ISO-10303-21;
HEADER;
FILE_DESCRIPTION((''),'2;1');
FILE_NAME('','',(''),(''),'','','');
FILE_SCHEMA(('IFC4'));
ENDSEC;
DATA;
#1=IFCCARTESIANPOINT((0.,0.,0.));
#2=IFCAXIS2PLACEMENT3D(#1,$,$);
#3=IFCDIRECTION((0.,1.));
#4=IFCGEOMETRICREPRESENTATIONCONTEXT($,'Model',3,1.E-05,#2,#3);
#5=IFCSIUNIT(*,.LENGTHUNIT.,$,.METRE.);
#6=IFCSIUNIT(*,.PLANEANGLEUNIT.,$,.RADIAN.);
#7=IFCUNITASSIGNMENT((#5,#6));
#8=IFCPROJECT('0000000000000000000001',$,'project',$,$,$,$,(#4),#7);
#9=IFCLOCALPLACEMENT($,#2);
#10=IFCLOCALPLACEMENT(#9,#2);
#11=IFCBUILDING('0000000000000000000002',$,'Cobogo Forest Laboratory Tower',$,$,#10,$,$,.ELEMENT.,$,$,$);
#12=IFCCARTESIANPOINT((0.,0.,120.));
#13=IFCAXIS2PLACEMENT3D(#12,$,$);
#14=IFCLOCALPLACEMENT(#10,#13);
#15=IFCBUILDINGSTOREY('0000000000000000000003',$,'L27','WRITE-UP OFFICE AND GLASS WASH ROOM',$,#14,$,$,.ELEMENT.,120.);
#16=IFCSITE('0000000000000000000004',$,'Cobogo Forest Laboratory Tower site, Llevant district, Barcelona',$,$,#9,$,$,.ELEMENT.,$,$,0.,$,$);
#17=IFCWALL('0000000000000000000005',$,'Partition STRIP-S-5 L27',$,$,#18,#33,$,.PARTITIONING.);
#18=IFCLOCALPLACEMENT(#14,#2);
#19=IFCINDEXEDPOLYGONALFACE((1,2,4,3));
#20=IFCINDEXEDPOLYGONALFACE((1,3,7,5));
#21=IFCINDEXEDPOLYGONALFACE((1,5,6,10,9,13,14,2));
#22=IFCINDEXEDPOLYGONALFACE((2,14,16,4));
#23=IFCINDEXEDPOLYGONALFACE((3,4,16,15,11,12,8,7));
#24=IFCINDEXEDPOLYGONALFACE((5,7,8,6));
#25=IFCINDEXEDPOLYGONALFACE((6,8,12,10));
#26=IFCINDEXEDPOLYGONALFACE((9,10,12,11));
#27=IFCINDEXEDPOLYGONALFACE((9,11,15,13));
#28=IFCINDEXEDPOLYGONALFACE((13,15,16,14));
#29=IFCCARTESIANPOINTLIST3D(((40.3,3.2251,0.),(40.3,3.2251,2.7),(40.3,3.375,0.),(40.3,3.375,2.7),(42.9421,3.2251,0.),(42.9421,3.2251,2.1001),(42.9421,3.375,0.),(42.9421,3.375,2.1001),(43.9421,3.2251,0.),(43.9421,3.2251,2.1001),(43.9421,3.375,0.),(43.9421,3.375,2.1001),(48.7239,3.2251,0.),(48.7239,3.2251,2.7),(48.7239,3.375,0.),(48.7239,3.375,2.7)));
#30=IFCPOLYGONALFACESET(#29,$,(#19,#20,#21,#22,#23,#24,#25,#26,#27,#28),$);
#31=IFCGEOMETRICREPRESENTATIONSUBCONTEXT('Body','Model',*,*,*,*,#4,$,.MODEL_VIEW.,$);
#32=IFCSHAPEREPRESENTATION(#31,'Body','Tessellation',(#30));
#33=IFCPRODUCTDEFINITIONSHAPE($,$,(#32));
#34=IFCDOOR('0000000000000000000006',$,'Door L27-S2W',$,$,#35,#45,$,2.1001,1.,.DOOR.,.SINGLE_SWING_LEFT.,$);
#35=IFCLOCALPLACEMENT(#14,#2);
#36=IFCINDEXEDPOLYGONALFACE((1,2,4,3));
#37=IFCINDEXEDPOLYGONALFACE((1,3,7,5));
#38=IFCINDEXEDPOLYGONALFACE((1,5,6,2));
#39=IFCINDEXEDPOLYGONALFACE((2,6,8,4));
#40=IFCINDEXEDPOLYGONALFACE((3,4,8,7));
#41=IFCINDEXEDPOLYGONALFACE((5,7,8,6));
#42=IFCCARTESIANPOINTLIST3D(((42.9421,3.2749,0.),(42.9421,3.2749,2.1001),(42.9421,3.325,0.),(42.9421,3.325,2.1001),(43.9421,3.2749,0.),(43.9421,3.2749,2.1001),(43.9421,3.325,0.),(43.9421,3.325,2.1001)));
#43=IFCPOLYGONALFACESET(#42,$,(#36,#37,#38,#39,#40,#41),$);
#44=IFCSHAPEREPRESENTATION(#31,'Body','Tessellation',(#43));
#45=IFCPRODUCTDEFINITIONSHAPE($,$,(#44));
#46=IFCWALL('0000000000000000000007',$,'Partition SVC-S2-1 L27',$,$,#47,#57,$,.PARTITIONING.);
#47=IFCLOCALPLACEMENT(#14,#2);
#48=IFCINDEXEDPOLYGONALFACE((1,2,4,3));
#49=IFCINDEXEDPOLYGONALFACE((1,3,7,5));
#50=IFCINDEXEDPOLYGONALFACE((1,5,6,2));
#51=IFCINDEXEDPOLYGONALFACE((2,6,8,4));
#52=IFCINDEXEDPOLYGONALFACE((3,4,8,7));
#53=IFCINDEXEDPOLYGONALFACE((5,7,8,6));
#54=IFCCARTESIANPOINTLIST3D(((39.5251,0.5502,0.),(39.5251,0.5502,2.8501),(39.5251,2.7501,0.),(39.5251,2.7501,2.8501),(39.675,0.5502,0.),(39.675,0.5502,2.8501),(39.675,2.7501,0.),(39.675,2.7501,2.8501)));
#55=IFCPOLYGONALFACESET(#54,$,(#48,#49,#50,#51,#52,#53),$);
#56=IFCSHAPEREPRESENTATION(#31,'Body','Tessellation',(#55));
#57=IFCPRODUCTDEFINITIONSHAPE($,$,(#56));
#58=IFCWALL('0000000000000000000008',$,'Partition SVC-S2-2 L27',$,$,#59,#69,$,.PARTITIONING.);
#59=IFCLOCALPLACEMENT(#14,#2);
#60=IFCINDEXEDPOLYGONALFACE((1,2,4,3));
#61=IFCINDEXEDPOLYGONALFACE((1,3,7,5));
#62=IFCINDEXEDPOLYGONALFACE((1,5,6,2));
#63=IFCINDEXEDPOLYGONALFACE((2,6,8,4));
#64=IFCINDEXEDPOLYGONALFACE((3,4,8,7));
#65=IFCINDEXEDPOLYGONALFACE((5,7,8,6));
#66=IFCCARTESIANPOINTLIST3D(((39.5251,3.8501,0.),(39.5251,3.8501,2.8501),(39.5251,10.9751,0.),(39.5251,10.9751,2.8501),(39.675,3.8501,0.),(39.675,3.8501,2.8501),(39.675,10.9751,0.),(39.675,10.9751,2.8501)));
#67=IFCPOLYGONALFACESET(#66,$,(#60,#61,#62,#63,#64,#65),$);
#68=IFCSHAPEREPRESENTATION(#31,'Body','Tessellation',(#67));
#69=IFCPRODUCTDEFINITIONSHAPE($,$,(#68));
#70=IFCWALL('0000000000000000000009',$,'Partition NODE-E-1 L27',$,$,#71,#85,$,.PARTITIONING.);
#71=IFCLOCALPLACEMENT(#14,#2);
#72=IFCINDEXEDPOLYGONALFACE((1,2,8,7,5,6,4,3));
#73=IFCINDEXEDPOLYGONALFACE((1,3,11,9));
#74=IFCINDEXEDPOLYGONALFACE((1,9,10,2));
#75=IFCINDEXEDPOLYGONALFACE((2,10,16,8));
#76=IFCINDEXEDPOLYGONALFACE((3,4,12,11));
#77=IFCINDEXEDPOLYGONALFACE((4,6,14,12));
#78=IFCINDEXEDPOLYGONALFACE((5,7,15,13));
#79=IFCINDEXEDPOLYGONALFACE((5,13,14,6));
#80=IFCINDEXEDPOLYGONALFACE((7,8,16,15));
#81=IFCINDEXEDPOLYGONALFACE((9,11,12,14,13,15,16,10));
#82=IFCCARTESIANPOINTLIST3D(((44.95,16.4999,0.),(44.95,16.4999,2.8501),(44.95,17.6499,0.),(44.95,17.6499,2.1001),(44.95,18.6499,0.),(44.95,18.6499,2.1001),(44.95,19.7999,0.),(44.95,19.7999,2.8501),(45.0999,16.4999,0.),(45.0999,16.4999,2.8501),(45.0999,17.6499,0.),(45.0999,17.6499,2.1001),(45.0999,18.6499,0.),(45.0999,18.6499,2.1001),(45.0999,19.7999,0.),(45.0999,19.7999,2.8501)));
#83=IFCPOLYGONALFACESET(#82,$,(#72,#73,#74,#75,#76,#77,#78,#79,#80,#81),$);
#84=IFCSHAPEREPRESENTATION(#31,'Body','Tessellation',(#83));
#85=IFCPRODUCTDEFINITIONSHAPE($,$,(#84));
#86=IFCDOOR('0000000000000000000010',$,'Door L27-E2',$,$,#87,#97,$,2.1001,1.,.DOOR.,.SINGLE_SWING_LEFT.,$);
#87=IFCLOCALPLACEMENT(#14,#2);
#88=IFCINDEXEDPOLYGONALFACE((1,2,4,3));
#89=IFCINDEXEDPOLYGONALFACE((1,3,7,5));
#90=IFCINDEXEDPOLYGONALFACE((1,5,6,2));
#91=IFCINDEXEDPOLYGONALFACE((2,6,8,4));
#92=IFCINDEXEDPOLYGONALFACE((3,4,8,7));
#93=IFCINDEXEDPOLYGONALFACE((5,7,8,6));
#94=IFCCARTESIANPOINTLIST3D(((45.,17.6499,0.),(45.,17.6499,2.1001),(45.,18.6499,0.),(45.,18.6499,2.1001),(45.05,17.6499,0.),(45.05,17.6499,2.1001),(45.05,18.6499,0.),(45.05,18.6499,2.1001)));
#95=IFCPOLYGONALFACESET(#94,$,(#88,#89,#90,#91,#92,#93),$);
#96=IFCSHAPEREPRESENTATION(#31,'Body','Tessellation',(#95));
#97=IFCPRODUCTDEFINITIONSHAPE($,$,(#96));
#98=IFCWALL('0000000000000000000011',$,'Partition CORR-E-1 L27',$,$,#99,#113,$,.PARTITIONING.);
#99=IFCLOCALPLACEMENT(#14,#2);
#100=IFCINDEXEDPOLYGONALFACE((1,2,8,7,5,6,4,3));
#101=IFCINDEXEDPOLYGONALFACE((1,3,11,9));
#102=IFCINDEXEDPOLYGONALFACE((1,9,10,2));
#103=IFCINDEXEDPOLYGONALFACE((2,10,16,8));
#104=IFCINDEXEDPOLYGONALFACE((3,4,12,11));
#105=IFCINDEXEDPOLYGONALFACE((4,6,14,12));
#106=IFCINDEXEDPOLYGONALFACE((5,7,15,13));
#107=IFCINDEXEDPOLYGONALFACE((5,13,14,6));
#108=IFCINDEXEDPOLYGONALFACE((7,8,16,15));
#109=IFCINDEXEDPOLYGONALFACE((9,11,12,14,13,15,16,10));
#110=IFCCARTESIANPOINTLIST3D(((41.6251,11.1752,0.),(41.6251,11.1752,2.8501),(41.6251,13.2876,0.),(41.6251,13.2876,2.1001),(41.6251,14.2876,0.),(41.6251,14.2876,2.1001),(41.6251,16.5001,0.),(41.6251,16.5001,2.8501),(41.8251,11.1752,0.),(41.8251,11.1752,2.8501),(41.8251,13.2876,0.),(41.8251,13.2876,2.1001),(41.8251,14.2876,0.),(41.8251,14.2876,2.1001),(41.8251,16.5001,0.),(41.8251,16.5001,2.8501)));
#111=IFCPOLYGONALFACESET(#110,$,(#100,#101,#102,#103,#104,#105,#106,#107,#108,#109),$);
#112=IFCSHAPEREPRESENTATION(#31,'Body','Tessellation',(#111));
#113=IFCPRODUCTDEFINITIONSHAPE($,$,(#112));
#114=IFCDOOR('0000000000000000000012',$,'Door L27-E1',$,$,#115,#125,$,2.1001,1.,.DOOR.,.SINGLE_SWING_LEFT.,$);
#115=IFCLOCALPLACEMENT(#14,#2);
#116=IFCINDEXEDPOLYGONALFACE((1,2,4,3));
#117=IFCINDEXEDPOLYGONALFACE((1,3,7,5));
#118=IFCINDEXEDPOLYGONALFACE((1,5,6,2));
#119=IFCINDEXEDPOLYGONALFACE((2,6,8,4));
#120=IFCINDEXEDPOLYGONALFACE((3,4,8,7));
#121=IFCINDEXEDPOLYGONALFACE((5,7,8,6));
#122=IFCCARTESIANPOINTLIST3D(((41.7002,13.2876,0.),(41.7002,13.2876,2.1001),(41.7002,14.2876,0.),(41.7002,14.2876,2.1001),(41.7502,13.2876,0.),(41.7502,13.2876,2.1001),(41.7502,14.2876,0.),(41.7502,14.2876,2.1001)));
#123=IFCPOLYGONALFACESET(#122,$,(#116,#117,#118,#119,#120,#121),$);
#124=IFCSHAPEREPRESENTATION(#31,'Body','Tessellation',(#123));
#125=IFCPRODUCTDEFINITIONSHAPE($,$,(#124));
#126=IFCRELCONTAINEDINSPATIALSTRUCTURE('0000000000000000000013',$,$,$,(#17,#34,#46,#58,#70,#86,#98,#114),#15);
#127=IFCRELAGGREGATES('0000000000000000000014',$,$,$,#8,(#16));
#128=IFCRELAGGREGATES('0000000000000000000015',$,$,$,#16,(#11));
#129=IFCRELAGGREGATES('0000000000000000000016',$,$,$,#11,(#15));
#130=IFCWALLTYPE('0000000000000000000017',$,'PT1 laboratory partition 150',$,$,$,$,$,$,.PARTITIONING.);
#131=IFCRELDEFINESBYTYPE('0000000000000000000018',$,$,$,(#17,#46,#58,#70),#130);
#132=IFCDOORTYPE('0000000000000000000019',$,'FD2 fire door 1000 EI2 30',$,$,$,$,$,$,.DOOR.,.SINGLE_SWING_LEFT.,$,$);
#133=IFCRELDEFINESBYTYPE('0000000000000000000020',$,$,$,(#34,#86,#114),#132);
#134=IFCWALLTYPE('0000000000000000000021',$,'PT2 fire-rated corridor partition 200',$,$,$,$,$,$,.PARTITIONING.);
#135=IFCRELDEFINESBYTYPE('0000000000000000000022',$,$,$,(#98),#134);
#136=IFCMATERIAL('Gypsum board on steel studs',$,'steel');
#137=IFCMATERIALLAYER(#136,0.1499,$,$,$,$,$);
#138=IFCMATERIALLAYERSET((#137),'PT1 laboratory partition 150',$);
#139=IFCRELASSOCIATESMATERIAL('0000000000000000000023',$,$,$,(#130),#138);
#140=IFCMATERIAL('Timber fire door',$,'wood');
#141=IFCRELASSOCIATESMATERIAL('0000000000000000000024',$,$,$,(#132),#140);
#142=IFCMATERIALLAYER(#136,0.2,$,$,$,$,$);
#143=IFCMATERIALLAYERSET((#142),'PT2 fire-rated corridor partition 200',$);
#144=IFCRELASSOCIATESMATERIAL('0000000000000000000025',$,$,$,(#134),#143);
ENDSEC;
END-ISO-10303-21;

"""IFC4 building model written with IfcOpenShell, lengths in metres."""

from ifc_helpers import new_model, si_unit, direction, frame, frame_2d, origin, place, context, subcontext, project, spatial, rectangle, extrude, material, layer, layer_set, type_object, element, fill, save


model = new_model("IFC4")

# Units and contexts
model_context = context("Model", 3, precision=1e-05, world=origin(), true_north=direction((0.0, 1.0)))
body_context = subcontext(model_context, "Body", "Model", "MODEL_VIEW")
ifc_project = project(units=[si_unit("LENGTHUNIT", "METRE"), si_unit("PLANEANGLEUNIT", "RADIAN")], contexts=[model_context])

# Site, building, storey
site_placement = place(None, origin())
site = spatial("IfcSite", under=ifc_project, at=site_placement, Name="Cobogo Forest Laboratory Tower site, Llevant district, Barcelona", CompositionType="ELEMENT", RefElevation=0.0)
building_placement = place(site_placement, origin())
building = spatial("IfcBuilding", under=site, at=building_placement, Name="Cobogo Forest Laboratory Tower", CompositionType="ELEMENT")
storey_placement = place(building_placement, frame((0.0, 0.0, 120.0)))
storey = spatial("IfcBuildingStorey", under=building, at=storey_placement, Name="L27", Description="WRITE-UP OFFICE AND GLASS WASH ROOM", CompositionType="ELEMENT", Elevation=120.0)

# Wall, opening, door
ifc_material_1 = material(Name="Gypsum board on steel studs", Category="steel")
ifc_layer_1 = layer(ifc_material_1, 0.1499)
ifc_layer_set_1 = layer_set([ifc_layer_1], Name="PT1 laboratory partition 150")
wall_type_1 = type_object("IfcWallType", Name="PT1 laboratory partition 150", PredefinedType="PARTITIONING", material=ifc_layer_set_1)
wall_1_placement = place(storey_placement, frame((40.3, 3.3, 0.0), z_axis=(0.0, 0.0, 1.0), x_axis=(1.0, 0.0, 0.0)))
wall_1 = element("IfcWall", 1, at=wall_1_placement, inside=storey, type_object=wall_type_1, Name="Partition STRIP-S-5 L27", PredefinedType="PARTITIONING", context=body_context, shape_type="SweptSolid", body=[
    extrude(rectangle(XDim=8.4238, YDim=0.1499, at=frame_2d((4.2119, 0.0))), origin(), (0.0, 0.0, 1.0), 2.7),
])
opening_1_placement = place(wall_1_placement, frame((2.6421, 0.0, 0.0)))
opening_1 = element("IfcOpeningElement", 2, at=opening_1_placement, cuts=wall_1, PredefinedType="OPENING", context=body_context, shape_type="SweptSolid", body=[
    extrude(rectangle(XDim=1.0, YDim=2.1001, at=frame_2d((0.5, 1.05))), frame((0.0, 0.085, 0.0), z_axis=(0.0, -1.0, 0.0), x_axis=(1.0, 0.0, 0.0)), (0.0, 0.0, 1.0), 0.1699),
])
ifc_material_2 = material(Name="Timber fire door", Category="wood")
door_type_1 = type_object("IfcDoorType", Name="FD2 fire door 1000 EI2 30", OperationType="SINGLE_SWING_LEFT", PredefinedType="DOOR", material=ifc_material_2)
door_1_placement = place(opening_1_placement, origin())
door_1 = element("IfcDoor", 3, at=door_1_placement, inside=storey, type_object=door_type_1, Name="Door L27-S2W", OperationType="SINGLE_SWING_LEFT", OverallHeight=2.1001, OverallWidth=1.0, PredefinedType="DOOR", context=body_context, shape_type="SweptSolid", body=[
    extrude(rectangle(XDim=1.0, YDim=2.1001, at=frame_2d((0.5, 1.05))), frame((0.0, 0.0249, 0.0), z_axis=(0.0, -1.0, 0.0), x_axis=(1.0, 0.0, 0.0)), (0.0, 0.0, 1.0), 0.05),
])
fill(opening_1, door_1)

# Walls
wall_2_placement = place(storey_placement, frame((39.6001, 0.55, 0.0), z_axis=(0.0, 0.0, 1.0), x_axis=(0.0, 1.0, 0.0)))
element("IfcWall", 4, at=wall_2_placement, inside=storey, type_object=wall_type_1, Name="Partition SVC-S2-1 L27", PredefinedType="PARTITIONING", context=body_context, shape_type="SweptSolid", body=[
    extrude(rectangle(XDim=2.2, YDim=0.1499, at=frame_2d((1.1001, 0.0))), origin(), (0.0, 0.0, 1.0), 2.8501),
])
wall_3_placement = place(storey_placement, frame((39.6001, 3.8501, 0.0), z_axis=(0.0, 0.0, 1.0), x_axis=(0.0, 1.0, 0.0)))
element("IfcWall", 5, at=wall_3_placement, inside=storey, type_object=wall_type_1, Name="Partition SVC-S2-2 L27", PredefinedType="PARTITIONING", context=body_context, shape_type="SweptSolid", body=[
    extrude(rectangle(XDim=7.125, YDim=0.1499, at=frame_2d((3.5625, 0.0))), origin(), (0.0, 0.0, 1.0), 2.8501),
])

# Walls, openings, doors
wall_4_placement = place(storey_placement, frame((45.0249, 16.5, 0.0), z_axis=(0.0, 0.0, 1.0), x_axis=(0.0, 1.0, 0.0)))
wall_4 = element("IfcWall", 6, at=wall_4_placement, inside=storey, type_object=wall_type_1, Name="Partition NODE-E-1 L27", PredefinedType="PARTITIONING", context=body_context, shape_type="SweptSolid", body=[
    extrude(rectangle(XDim=3.3, YDim=0.1499, at=frame_2d((1.6499, 0.0))), origin(), (0.0, 0.0, 1.0), 2.8501),
])
opening_2_placement = place(wall_4_placement, frame((1.1499, 0.0, 0.0)))
opening_2 = element("IfcOpeningElement", 7, at=opening_2_placement, cuts=wall_4, PredefinedType="OPENING", context=body_context, shape_type="SweptSolid", body=[
    extrude(rectangle(XDim=1.0, YDim=2.1001, at=frame_2d((0.5, 1.05))), frame((0.0, 0.085, 0.0), z_axis=(0.0, -1.0, 0.0), x_axis=(1.0, 0.0, 0.0)), (0.0, 0.0, 1.0), 0.1699),
])
door_2_placement = place(opening_2_placement, origin())
door_2 = element("IfcDoor", 8, at=door_2_placement, inside=storey, type_object=door_type_1, Name="Door L27-E2", OperationType="SINGLE_SWING_LEFT", OverallHeight=2.1001, OverallWidth=1.0, PredefinedType="DOOR", context=body_context, shape_type="SweptSolid", body=[
    extrude(rectangle(XDim=1.0, YDim=2.1001, at=frame_2d((0.5, 1.05))), frame((0.0, 0.0249, 0.0), z_axis=(0.0, -1.0, 0.0), x_axis=(1.0, 0.0, 0.0)), (0.0, 0.0, 1.0), 0.05),
])
fill(opening_2, door_2)
ifc_layer_2 = layer(ifc_material_1, 0.2)
ifc_layer_set_2 = layer_set([ifc_layer_2], Name="PT2 fire-rated corridor partition 200")
wall_type_2 = type_object("IfcWallType", Name="PT2 fire-rated corridor partition 200", PredefinedType="PARTITIONING", material=ifc_layer_set_2)
wall_5_placement = place(storey_placement, frame((41.7251, 11.175, 0.0), z_axis=(0.0, 0.0, 1.0), x_axis=(0.0, 1.0, 0.0)))
wall_5 = element("IfcWall", 9, at=wall_5_placement, inside=storey, type_object=wall_type_2, Name="Partition CORR-E-1 L27", PredefinedType="PARTITIONING", context=body_context, shape_type="SweptSolid", body=[
    extrude(rectangle(XDim=5.325, YDim=0.2, at=frame_2d((2.6626, 0.0))), origin(), (0.0, 0.0, 1.0), 2.8501),
])
opening_3_placement = place(wall_5_placement, frame((2.1125, 0.0, 0.0)))
opening_3 = element("IfcOpeningElement", 10, at=opening_3_placement, cuts=wall_5, PredefinedType="OPENING", context=body_context, shape_type="SweptSolid", body=[
    extrude(rectangle(XDim=1.0, YDim=2.1001, at=frame_2d((0.5, 1.05))), frame((0.0, 0.1099, 0.0), z_axis=(0.0, -1.0, 0.0), x_axis=(1.0, 0.0, 0.0)), (0.0, 0.0, 1.0), 0.22),
])
door_3_placement = place(opening_3_placement, origin())
door_3 = element("IfcDoor", 11, at=door_3_placement, inside=storey, type_object=door_type_1, Name="Door L27-E1", OperationType="SINGLE_SWING_LEFT", OverallHeight=2.1001, OverallWidth=1.0, PredefinedType="DOOR", context=body_context, shape_type="SweptSolid", body=[
    extrude(rectangle(XDim=1.0, YDim=2.1001, at=frame_2d((0.5, 1.05))), frame((0.0, 0.0249, 0.0), z_axis=(0.0, -1.0, 0.0), x_axis=(1.0, 0.0, 0.0)), (0.0, 0.0, 1.0), 0.05),
])
fill(opening_3, door_3)

save(model, "model.ifc")
